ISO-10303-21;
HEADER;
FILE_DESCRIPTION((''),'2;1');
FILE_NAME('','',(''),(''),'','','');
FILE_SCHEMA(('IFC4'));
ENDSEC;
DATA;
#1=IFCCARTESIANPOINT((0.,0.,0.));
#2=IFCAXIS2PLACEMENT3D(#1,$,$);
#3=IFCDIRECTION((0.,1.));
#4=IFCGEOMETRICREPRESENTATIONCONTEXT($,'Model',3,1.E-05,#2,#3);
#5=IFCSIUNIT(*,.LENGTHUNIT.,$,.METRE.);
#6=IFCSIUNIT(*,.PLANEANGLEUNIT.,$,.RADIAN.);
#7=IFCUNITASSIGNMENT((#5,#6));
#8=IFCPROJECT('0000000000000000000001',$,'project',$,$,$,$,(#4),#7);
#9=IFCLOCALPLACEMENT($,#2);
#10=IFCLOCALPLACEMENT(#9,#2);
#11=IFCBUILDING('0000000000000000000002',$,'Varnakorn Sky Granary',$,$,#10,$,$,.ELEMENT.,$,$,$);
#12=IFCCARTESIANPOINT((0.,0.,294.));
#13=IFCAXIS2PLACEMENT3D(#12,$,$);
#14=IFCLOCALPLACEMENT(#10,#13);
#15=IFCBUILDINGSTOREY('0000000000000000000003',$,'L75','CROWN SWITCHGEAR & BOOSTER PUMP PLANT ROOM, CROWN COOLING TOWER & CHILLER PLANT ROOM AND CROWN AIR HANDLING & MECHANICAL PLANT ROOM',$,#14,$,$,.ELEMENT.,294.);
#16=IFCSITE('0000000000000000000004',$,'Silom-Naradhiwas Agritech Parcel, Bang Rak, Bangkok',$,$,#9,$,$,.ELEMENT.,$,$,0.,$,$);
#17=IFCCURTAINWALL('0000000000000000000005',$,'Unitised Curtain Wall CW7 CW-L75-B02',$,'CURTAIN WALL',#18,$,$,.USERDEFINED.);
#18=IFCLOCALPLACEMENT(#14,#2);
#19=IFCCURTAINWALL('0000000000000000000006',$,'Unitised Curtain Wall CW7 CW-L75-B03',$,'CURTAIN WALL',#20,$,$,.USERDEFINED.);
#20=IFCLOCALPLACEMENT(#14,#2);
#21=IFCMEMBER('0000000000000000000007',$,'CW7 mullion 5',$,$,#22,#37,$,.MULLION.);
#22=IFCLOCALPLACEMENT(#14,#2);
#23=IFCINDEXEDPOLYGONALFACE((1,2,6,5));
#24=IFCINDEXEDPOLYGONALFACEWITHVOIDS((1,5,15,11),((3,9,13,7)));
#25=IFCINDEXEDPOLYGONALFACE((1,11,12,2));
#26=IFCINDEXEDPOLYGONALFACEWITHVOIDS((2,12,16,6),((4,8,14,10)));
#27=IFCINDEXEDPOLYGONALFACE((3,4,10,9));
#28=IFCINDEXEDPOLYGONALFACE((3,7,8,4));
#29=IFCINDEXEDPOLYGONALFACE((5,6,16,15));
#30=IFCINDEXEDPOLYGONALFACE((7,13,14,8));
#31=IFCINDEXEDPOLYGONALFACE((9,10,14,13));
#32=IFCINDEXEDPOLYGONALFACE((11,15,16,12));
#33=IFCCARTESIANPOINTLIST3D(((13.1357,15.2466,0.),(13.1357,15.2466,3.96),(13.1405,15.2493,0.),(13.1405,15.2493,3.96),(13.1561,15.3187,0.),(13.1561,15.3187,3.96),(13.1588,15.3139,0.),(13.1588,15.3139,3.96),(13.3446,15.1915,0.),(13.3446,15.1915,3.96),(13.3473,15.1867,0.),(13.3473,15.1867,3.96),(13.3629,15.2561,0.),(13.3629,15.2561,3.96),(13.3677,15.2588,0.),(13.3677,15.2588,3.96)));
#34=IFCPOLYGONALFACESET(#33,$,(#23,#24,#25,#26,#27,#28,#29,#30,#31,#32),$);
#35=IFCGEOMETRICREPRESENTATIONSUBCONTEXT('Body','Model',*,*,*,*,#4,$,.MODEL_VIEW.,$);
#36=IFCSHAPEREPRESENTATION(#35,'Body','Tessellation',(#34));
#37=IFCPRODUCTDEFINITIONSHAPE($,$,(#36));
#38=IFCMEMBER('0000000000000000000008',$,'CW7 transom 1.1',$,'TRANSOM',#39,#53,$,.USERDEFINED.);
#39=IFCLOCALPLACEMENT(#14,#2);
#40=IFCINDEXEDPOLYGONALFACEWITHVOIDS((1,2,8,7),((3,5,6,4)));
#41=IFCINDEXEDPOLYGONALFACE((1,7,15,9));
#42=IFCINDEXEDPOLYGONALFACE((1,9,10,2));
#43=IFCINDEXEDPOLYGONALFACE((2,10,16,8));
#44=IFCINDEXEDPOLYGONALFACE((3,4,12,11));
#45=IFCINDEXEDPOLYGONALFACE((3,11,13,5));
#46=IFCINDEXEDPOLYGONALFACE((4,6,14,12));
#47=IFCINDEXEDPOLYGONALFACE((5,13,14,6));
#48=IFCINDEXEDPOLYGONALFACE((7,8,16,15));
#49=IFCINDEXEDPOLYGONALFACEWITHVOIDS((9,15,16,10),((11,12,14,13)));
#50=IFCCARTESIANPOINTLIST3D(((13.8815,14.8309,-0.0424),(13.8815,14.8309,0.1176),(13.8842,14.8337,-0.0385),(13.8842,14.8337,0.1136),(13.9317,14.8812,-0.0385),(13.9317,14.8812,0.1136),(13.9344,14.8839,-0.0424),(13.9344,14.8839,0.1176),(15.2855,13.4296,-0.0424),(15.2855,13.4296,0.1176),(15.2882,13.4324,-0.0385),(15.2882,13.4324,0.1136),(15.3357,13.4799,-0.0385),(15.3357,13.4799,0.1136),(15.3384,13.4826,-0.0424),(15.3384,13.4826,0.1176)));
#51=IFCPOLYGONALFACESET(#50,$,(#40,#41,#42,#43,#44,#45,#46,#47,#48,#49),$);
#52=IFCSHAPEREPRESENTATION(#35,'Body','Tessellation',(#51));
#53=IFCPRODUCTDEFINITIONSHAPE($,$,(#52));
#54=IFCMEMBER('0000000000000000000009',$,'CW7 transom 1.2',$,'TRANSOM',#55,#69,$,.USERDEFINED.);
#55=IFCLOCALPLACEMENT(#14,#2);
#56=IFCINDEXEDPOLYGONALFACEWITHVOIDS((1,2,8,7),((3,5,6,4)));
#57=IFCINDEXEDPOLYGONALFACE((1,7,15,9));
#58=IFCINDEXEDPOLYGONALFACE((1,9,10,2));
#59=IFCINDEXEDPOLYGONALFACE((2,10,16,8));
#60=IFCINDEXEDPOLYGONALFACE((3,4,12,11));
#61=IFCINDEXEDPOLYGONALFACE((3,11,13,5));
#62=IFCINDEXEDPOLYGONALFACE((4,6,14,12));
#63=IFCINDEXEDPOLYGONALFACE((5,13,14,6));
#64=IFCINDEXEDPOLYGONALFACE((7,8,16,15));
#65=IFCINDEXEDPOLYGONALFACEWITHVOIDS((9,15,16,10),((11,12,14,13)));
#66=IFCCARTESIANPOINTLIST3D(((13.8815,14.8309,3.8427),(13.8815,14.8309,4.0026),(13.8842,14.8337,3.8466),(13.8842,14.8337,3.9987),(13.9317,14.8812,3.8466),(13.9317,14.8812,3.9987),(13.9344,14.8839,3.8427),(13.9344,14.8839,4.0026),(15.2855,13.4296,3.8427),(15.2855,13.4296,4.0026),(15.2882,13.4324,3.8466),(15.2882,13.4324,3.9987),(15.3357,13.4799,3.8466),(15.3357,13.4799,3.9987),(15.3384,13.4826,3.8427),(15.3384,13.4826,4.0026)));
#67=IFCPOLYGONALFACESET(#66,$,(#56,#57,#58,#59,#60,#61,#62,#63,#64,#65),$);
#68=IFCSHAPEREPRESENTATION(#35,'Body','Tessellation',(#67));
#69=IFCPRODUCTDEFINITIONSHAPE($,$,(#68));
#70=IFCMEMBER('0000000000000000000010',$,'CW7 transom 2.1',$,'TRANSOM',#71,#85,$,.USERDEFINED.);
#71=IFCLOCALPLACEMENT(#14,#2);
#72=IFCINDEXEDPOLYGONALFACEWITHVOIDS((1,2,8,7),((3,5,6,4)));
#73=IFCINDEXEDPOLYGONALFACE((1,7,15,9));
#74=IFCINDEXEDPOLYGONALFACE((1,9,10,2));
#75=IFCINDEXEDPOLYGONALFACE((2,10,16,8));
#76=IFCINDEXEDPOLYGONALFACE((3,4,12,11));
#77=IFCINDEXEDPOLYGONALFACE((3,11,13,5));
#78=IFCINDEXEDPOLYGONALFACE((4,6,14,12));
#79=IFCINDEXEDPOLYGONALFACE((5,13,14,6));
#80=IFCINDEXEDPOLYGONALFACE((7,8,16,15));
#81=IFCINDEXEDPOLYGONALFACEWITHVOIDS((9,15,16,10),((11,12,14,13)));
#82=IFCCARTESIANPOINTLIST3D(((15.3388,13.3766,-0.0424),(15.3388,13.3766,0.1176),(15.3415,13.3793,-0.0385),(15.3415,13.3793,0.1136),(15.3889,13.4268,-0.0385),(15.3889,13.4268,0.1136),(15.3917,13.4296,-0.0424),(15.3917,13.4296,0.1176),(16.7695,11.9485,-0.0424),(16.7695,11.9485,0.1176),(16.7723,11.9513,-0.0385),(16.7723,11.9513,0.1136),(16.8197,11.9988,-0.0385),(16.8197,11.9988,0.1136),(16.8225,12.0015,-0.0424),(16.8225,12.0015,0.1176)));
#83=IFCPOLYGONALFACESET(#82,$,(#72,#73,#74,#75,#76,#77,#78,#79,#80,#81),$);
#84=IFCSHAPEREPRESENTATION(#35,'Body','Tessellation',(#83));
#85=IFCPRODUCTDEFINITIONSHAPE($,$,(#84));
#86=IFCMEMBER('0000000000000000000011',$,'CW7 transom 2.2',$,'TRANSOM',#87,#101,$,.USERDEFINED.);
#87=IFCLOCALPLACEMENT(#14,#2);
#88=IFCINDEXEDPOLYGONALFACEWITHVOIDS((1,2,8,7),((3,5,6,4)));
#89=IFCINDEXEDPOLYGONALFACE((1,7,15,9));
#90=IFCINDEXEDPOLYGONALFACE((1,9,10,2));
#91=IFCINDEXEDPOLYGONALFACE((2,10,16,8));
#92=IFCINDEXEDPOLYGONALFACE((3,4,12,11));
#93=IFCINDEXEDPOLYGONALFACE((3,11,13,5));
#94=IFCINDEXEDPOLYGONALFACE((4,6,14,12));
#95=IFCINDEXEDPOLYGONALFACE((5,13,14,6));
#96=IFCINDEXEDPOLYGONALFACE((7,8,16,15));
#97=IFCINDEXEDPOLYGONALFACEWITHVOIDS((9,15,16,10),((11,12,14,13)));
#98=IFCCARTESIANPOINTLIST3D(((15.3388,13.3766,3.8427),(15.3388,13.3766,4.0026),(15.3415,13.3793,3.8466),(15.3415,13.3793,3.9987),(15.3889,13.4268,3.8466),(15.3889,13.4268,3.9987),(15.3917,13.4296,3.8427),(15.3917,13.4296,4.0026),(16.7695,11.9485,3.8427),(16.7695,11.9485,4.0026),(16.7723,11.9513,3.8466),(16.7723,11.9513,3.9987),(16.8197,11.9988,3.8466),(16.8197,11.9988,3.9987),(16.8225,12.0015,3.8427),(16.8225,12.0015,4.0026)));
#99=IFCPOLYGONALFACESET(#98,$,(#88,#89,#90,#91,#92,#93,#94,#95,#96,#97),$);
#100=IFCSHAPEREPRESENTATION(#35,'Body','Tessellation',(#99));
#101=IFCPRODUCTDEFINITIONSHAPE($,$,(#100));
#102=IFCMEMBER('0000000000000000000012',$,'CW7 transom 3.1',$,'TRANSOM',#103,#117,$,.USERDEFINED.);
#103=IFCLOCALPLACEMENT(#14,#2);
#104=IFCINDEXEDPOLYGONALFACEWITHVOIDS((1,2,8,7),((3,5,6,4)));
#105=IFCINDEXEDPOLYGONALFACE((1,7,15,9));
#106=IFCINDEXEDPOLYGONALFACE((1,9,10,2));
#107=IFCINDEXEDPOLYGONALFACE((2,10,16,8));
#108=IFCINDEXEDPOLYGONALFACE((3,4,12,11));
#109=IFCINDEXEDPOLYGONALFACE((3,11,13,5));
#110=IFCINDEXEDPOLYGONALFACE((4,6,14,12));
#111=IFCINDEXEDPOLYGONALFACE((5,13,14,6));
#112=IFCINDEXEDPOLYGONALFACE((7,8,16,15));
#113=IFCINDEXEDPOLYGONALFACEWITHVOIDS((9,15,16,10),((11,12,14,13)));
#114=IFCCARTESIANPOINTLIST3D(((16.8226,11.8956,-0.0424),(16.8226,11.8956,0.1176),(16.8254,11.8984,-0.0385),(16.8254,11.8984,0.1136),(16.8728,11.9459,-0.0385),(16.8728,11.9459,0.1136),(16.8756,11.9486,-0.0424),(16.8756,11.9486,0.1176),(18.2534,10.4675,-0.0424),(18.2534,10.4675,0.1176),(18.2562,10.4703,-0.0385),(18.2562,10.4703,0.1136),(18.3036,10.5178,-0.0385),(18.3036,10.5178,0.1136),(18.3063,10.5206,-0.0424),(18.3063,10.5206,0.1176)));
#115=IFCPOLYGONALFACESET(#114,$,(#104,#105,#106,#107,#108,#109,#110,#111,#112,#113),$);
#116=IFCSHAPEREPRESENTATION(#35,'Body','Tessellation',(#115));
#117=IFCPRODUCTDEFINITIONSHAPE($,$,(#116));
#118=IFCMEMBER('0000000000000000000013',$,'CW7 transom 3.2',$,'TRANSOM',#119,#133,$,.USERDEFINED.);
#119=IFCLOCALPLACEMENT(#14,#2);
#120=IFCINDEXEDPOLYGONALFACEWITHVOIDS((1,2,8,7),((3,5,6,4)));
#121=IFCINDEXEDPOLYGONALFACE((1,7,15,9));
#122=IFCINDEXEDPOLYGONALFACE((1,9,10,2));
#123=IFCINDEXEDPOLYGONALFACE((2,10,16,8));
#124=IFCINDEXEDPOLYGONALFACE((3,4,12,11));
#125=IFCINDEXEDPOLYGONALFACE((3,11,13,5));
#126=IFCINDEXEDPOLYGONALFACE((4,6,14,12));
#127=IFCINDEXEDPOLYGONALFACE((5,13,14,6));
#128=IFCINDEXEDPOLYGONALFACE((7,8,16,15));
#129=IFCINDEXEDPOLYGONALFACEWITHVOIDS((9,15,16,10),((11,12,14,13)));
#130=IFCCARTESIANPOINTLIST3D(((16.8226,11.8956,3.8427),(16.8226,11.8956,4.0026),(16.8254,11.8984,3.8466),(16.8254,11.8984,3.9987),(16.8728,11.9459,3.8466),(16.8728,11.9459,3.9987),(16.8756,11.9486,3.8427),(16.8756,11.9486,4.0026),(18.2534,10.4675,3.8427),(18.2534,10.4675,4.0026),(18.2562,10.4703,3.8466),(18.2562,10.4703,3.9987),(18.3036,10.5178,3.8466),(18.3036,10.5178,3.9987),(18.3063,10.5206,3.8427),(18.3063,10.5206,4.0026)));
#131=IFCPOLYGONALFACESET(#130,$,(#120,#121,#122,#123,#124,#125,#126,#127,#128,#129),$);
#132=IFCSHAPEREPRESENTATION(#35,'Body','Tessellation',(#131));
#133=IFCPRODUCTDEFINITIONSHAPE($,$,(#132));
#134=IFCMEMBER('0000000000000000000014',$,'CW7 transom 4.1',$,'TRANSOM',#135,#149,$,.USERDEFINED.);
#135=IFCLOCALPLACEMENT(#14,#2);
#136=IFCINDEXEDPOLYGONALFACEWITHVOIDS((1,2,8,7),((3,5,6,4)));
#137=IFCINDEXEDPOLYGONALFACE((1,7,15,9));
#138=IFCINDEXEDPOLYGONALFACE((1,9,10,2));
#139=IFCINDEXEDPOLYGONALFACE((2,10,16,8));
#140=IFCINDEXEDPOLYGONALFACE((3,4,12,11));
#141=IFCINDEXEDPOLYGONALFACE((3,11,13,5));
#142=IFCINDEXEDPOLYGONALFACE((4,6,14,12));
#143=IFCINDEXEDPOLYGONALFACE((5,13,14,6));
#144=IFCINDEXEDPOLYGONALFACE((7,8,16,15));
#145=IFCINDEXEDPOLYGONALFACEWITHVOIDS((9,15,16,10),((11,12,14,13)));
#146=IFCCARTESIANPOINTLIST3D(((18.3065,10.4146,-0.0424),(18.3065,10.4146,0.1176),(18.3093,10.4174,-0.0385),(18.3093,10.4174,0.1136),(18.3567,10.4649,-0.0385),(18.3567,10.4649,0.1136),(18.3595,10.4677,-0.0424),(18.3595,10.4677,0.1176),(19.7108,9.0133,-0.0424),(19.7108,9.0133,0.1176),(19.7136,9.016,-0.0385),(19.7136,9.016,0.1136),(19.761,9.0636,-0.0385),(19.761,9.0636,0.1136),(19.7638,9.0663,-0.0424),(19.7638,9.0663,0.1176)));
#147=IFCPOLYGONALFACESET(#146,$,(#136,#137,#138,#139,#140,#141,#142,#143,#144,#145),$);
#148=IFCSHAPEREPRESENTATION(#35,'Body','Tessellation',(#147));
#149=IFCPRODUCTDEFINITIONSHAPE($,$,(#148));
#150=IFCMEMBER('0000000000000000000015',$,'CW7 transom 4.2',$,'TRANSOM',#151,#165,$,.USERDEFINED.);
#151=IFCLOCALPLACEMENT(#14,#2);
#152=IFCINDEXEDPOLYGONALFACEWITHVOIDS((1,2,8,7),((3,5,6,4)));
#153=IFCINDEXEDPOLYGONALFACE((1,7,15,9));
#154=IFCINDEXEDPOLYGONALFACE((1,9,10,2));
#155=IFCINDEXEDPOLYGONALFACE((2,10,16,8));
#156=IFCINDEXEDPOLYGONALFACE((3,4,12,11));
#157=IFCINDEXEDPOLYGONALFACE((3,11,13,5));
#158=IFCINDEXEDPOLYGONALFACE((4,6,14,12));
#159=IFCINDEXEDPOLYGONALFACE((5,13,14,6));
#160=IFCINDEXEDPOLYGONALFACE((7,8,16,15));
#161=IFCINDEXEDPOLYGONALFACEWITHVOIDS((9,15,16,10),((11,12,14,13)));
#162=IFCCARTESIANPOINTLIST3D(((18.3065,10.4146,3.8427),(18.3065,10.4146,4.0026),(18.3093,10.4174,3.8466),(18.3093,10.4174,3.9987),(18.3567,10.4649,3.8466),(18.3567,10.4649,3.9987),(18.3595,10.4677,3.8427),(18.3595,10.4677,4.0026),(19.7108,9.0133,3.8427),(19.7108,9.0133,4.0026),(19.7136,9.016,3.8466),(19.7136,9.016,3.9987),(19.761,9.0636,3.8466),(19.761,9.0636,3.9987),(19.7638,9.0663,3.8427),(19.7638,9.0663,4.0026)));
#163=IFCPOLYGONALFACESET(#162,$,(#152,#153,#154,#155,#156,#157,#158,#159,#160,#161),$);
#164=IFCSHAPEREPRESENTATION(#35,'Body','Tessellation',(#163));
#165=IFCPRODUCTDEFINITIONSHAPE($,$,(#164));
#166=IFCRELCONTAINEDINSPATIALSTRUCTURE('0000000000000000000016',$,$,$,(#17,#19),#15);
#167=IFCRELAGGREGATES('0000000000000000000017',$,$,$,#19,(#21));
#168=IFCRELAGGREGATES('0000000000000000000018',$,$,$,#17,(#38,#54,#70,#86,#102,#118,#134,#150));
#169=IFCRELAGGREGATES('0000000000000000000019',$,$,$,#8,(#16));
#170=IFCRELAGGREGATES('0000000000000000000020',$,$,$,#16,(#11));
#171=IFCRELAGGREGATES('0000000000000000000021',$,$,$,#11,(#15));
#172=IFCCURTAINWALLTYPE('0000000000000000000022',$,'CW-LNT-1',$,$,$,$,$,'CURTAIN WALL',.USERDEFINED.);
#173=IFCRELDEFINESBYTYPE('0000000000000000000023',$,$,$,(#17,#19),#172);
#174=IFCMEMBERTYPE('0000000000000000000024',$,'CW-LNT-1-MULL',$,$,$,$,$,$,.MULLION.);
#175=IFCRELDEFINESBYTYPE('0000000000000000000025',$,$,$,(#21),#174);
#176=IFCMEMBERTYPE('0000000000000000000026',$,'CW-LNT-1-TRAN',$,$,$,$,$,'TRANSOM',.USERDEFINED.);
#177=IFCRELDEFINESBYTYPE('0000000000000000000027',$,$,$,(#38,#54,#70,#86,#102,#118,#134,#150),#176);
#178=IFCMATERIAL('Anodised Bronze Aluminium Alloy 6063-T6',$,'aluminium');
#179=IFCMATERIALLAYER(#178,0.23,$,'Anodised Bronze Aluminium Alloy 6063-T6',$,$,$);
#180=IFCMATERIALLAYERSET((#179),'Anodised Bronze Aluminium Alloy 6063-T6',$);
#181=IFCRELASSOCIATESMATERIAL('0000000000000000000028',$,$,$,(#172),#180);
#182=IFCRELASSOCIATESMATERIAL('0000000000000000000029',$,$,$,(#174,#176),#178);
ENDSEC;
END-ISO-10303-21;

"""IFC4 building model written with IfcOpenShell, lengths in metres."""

from ifc_helpers import new_model, si_unit, direction, frame, origin, origin_2d, place, context, subcontext, project, spatial, hollow_rectangle, extrude, material, layer, layer_set, material_profile, profile_set, type_object, element, aggregate, save


model = new_model("IFC4")

# Units and contexts
model_context = context("Model", 3, precision=1e-05, world=origin(), true_north=direction((0.0, 1.0)))
body_context = subcontext(model_context, "Body", "Model", "MODEL_VIEW")
ifc_project = project(units=[si_unit("LENGTHUNIT", "METRE"), si_unit("PLANEANGLEUNIT", "RADIAN")], contexts=[model_context])

# Site, building, storey
site_placement = place(None, origin())
site = spatial("IfcSite", under=ifc_project, at=site_placement, Name="Silom-Naradhiwas Agritech Parcel, Bang Rak, Bangkok", CompositionType="ELEMENT", RefElevation=0.0)
building_placement = place(site_placement, origin())
building = spatial("IfcBuilding", under=site, at=building_placement, Name="Varnakorn Sky Granary", CompositionType="ELEMENT")
storey_placement = place(building_placement, frame((0.0, 0.0, 294.0)))
storey = spatial("IfcBuildingStorey", under=building, at=storey_placement, Name="L75", Description="CROWN SWITCHGEAR & BOOSTER PUMP PLANT ROOM, CROWN COOLING TOWER & CHILLER PLANT ROOM AND CROWN AIR HANDLING & MECHANICAL PLANT ROOM", CompositionType="ELEMENT", Elevation=294.0)

# Curtain wall
ifc_material_1 = material(Name="Anodised Bronze Aluminium Alloy 6063-T6", Category="aluminium")
ifc_layer_1 = layer(ifc_material_1, 0.23, Name="Anodised Bronze Aluminium Alloy 6063-T6")
ifc_layer_set_1 = layer_set([ifc_layer_1], Name="Anodised Bronze Aluminium Alloy 6063-T6")
curtain_wall_type = type_object("IfcCurtainWallType", Name="CW-LNT-1", ElementType="CURTAIN WALL", PredefinedType="USERDEFINED", material=ifc_layer_set_1)
curtain_wall_1_placement = place(storey_placement, origin())
curtain_wall_1 = element("IfcCurtainWall", 1, at=curtain_wall_1_placement, inside=storey, type_object=curtain_wall_type, Name="Unitised Curtain Wall CW7 CW-L75-B02", ObjectType="CURTAIN WALL", PredefinedType="USERDEFINED")
ifc_material_profile_1 = material_profile(ifc_material_1, hollow_rectangle(XDim=0.075, YDim=0.22, WallThickness=0.0039, at=origin_2d()), Name="ALU MULL 75x220")
ifc_profile_set_1 = profile_set([ifc_material_profile_1], Name="Anodised Bronze Aluminium Alloy 6063-T6")
member_type_1 = type_object("IfcMemberType", Name="CW-LNT-1-MULL", PredefinedType="MULLION", material=ifc_profile_set_1)

# Curtain wall, member
curtain_wall_2_placement = place(storey_placement, origin())
curtain_wall_2 = element("IfcCurtainWall", 2, at=curtain_wall_2_placement, inside=storey, type_object=curtain_wall_type, Name="Unitised Curtain Wall CW7 CW-L75-B03", ObjectType="CURTAIN WALL", PredefinedType="USERDEFINED")
member_1_placement = place(storey_placement, frame((13.2517, 15.2527, 0.0), z_axis=(0.0, 0.0, 1.0), x_axis=(0.272147, 0.962256, 0.0)))
member_1 = element("IfcMember", 3, at=member_1_placement, type_object=member_type_1, Name="CW7 mullion 5", PredefinedType="MULLION", context=body_context, shape_type="SweptSolid", body=[
    extrude(hollow_rectangle(XDim=0.075, YDim=0.22, WallThickness=0.0039, at=origin_2d()), origin(), (0.0, 0.0, 1.0), 3.96),
])
aggregate(curtain_wall_2, [member_1])

# Members
ifc_material_profile_2 = material_profile(ifc_material_1, hollow_rectangle(XDim=0.075, YDim=0.1599, WallThickness=0.0039, at=origin_2d()), Name="ALU TRAN 75x160")
ifc_profile_set_2 = profile_set([ifc_material_profile_2], Name="Anodised Bronze Aluminium Alloy 6063-T6")
member_type_2 = type_object("IfcMemberType", Name="CW-LNT-1-TRAN", ElementType="TRANSOM", PredefinedType="USERDEFINED", material=ifc_profile_set_2)
member_2_placement = place(storey_placement, frame((13.908, 14.8574, 0.0376), z_axis=(0.707783, -0.70643, 0.0), x_axis=(0.70643, 0.707783, 0.0)))
member_2 = element("IfcMember", 4, at=member_2_placement, type_object=member_type_2, Name="CW7 transom 1.1", ObjectType="TRANSOM", PredefinedType="USERDEFINED", context=body_context, shape_type="SweptSolid", body=[
    extrude(hollow_rectangle(XDim=0.075, YDim=0.1599, WallThickness=0.0039, at=origin_2d()), origin(), (0.0, 0.0, 1.0), 1.9836),
])
member_3_placement = place(storey_placement, frame((13.908, 14.8574, 3.9226), z_axis=(0.707783, -0.70643, 0.0), x_axis=(0.70643, 0.707783, 0.0)))
member_3 = element("IfcMember", 5, at=member_3_placement, type_object=member_type_2, Name="CW7 transom 1.2", ObjectType="TRANSOM", PredefinedType="USERDEFINED", context=body_context, shape_type="SweptSolid", body=[
    extrude(hollow_rectangle(XDim=0.075, YDim=0.1599, WallThickness=0.0039, at=origin_2d()), origin(), (0.0, 0.0, 1.0), 1.9836),
])
member_4_placement = place(storey_placement, frame((15.3652, 13.4031, 0.0376), z_axis=(0.707771, -0.706442, 0.0), x_axis=(0.706442, 0.707771, 0.0)))
member_4 = element("IfcMember", 6, at=member_4_placement, type_object=member_type_2, Name="CW7 transom 2.1", ObjectType="TRANSOM", PredefinedType="USERDEFINED", context=body_context, shape_type="SweptSolid", body=[
    extrude(hollow_rectangle(XDim=0.075, YDim=0.1599, WallThickness=0.0039, at=origin_2d()), origin(), (0.0, 0.0, 1.0), 2.0215),
])
member_5_placement = place(storey_placement, frame((15.3652, 13.4031, 3.9226), z_axis=(0.707771, -0.706442, 0.0), x_axis=(0.706442, 0.707771, 0.0)))
member_5 = element("IfcMember", 7, at=member_5_placement, type_object=member_type_2, Name="CW7 transom 2.2", ObjectType="TRANSOM", PredefinedType="USERDEFINED", context=body_context, shape_type="SweptSolid", body=[
    extrude(hollow_rectangle(XDim=0.075, YDim=0.1599, WallThickness=0.0039, at=origin_2d()), origin(), (0.0, 0.0, 1.0), 2.0215),
])
member_6_placement = place(storey_placement, frame((16.8491, 11.9221, 0.0376), z_axis=(0.707771, -0.706442, 0.0), x_axis=(0.706442, 0.707771, 0.0)))
member_6 = element("IfcMember", 8, at=member_6_placement, type_object=member_type_2, Name="CW7 transom 3.1", ObjectType="TRANSOM", PredefinedType="USERDEFINED", context=body_context, shape_type="SweptSolid", body=[
    extrude(hollow_rectangle(XDim=0.075, YDim=0.1599, WallThickness=0.0039, at=origin_2d()), origin(), (0.0, 0.0, 1.0), 2.0215),
])
member_7_placement = place(storey_placement, frame((16.8491, 11.9221, 3.9226), z_axis=(0.707771, -0.706442, 0.0), x_axis=(0.706442, 0.707771, 0.0)))
member_7 = element("IfcMember", 9, at=member_7_placement, type_object=member_type_2, Name="CW7 transom 3.2", ObjectType="TRANSOM", PredefinedType="USERDEFINED", context=body_context, shape_type="SweptSolid", body=[
    extrude(hollow_rectangle(XDim=0.075, YDim=0.1599, WallThickness=0.0039, at=origin_2d()), origin(), (0.0, 0.0, 1.0), 2.0215),
])
member_8_placement = place(storey_placement, frame((18.333, 10.4412, 0.0376), z_axis=(0.707845, -0.706368, 0.0), x_axis=(0.706368, 0.707845, 0.0)))
member_8 = element("IfcMember", 10, at=member_8_placement, type_object=member_type_2, Name="CW7 transom 4.1", ObjectType="TRANSOM", PredefinedType="USERDEFINED", context=body_context, shape_type="SweptSolid", body=[
    extrude(hollow_rectangle(XDim=0.075, YDim=0.1599, WallThickness=0.0039, at=origin_2d()), origin(), (0.0, 0.0, 1.0), 1.9839),
])
member_9_placement = place(storey_placement, frame((18.333, 10.4412, 3.9226), z_axis=(0.707845, -0.706368, 0.0), x_axis=(0.706368, 0.707845, 0.0)))
member_9 = element("IfcMember", 11, at=member_9_placement, type_object=member_type_2, Name="CW7 transom 4.2", ObjectType="TRANSOM", PredefinedType="USERDEFINED", context=body_context, shape_type="SweptSolid", body=[
    extrude(hollow_rectangle(XDim=0.075, YDim=0.1599, WallThickness=0.0039, at=origin_2d()), origin(), (0.0, 0.0, 1.0), 1.9839),
])

aggregate(curtain_wall_1, [member_2, member_3, member_4, member_5, member_6, member_7, member_8, member_9])

save(model, "model.ifc")
